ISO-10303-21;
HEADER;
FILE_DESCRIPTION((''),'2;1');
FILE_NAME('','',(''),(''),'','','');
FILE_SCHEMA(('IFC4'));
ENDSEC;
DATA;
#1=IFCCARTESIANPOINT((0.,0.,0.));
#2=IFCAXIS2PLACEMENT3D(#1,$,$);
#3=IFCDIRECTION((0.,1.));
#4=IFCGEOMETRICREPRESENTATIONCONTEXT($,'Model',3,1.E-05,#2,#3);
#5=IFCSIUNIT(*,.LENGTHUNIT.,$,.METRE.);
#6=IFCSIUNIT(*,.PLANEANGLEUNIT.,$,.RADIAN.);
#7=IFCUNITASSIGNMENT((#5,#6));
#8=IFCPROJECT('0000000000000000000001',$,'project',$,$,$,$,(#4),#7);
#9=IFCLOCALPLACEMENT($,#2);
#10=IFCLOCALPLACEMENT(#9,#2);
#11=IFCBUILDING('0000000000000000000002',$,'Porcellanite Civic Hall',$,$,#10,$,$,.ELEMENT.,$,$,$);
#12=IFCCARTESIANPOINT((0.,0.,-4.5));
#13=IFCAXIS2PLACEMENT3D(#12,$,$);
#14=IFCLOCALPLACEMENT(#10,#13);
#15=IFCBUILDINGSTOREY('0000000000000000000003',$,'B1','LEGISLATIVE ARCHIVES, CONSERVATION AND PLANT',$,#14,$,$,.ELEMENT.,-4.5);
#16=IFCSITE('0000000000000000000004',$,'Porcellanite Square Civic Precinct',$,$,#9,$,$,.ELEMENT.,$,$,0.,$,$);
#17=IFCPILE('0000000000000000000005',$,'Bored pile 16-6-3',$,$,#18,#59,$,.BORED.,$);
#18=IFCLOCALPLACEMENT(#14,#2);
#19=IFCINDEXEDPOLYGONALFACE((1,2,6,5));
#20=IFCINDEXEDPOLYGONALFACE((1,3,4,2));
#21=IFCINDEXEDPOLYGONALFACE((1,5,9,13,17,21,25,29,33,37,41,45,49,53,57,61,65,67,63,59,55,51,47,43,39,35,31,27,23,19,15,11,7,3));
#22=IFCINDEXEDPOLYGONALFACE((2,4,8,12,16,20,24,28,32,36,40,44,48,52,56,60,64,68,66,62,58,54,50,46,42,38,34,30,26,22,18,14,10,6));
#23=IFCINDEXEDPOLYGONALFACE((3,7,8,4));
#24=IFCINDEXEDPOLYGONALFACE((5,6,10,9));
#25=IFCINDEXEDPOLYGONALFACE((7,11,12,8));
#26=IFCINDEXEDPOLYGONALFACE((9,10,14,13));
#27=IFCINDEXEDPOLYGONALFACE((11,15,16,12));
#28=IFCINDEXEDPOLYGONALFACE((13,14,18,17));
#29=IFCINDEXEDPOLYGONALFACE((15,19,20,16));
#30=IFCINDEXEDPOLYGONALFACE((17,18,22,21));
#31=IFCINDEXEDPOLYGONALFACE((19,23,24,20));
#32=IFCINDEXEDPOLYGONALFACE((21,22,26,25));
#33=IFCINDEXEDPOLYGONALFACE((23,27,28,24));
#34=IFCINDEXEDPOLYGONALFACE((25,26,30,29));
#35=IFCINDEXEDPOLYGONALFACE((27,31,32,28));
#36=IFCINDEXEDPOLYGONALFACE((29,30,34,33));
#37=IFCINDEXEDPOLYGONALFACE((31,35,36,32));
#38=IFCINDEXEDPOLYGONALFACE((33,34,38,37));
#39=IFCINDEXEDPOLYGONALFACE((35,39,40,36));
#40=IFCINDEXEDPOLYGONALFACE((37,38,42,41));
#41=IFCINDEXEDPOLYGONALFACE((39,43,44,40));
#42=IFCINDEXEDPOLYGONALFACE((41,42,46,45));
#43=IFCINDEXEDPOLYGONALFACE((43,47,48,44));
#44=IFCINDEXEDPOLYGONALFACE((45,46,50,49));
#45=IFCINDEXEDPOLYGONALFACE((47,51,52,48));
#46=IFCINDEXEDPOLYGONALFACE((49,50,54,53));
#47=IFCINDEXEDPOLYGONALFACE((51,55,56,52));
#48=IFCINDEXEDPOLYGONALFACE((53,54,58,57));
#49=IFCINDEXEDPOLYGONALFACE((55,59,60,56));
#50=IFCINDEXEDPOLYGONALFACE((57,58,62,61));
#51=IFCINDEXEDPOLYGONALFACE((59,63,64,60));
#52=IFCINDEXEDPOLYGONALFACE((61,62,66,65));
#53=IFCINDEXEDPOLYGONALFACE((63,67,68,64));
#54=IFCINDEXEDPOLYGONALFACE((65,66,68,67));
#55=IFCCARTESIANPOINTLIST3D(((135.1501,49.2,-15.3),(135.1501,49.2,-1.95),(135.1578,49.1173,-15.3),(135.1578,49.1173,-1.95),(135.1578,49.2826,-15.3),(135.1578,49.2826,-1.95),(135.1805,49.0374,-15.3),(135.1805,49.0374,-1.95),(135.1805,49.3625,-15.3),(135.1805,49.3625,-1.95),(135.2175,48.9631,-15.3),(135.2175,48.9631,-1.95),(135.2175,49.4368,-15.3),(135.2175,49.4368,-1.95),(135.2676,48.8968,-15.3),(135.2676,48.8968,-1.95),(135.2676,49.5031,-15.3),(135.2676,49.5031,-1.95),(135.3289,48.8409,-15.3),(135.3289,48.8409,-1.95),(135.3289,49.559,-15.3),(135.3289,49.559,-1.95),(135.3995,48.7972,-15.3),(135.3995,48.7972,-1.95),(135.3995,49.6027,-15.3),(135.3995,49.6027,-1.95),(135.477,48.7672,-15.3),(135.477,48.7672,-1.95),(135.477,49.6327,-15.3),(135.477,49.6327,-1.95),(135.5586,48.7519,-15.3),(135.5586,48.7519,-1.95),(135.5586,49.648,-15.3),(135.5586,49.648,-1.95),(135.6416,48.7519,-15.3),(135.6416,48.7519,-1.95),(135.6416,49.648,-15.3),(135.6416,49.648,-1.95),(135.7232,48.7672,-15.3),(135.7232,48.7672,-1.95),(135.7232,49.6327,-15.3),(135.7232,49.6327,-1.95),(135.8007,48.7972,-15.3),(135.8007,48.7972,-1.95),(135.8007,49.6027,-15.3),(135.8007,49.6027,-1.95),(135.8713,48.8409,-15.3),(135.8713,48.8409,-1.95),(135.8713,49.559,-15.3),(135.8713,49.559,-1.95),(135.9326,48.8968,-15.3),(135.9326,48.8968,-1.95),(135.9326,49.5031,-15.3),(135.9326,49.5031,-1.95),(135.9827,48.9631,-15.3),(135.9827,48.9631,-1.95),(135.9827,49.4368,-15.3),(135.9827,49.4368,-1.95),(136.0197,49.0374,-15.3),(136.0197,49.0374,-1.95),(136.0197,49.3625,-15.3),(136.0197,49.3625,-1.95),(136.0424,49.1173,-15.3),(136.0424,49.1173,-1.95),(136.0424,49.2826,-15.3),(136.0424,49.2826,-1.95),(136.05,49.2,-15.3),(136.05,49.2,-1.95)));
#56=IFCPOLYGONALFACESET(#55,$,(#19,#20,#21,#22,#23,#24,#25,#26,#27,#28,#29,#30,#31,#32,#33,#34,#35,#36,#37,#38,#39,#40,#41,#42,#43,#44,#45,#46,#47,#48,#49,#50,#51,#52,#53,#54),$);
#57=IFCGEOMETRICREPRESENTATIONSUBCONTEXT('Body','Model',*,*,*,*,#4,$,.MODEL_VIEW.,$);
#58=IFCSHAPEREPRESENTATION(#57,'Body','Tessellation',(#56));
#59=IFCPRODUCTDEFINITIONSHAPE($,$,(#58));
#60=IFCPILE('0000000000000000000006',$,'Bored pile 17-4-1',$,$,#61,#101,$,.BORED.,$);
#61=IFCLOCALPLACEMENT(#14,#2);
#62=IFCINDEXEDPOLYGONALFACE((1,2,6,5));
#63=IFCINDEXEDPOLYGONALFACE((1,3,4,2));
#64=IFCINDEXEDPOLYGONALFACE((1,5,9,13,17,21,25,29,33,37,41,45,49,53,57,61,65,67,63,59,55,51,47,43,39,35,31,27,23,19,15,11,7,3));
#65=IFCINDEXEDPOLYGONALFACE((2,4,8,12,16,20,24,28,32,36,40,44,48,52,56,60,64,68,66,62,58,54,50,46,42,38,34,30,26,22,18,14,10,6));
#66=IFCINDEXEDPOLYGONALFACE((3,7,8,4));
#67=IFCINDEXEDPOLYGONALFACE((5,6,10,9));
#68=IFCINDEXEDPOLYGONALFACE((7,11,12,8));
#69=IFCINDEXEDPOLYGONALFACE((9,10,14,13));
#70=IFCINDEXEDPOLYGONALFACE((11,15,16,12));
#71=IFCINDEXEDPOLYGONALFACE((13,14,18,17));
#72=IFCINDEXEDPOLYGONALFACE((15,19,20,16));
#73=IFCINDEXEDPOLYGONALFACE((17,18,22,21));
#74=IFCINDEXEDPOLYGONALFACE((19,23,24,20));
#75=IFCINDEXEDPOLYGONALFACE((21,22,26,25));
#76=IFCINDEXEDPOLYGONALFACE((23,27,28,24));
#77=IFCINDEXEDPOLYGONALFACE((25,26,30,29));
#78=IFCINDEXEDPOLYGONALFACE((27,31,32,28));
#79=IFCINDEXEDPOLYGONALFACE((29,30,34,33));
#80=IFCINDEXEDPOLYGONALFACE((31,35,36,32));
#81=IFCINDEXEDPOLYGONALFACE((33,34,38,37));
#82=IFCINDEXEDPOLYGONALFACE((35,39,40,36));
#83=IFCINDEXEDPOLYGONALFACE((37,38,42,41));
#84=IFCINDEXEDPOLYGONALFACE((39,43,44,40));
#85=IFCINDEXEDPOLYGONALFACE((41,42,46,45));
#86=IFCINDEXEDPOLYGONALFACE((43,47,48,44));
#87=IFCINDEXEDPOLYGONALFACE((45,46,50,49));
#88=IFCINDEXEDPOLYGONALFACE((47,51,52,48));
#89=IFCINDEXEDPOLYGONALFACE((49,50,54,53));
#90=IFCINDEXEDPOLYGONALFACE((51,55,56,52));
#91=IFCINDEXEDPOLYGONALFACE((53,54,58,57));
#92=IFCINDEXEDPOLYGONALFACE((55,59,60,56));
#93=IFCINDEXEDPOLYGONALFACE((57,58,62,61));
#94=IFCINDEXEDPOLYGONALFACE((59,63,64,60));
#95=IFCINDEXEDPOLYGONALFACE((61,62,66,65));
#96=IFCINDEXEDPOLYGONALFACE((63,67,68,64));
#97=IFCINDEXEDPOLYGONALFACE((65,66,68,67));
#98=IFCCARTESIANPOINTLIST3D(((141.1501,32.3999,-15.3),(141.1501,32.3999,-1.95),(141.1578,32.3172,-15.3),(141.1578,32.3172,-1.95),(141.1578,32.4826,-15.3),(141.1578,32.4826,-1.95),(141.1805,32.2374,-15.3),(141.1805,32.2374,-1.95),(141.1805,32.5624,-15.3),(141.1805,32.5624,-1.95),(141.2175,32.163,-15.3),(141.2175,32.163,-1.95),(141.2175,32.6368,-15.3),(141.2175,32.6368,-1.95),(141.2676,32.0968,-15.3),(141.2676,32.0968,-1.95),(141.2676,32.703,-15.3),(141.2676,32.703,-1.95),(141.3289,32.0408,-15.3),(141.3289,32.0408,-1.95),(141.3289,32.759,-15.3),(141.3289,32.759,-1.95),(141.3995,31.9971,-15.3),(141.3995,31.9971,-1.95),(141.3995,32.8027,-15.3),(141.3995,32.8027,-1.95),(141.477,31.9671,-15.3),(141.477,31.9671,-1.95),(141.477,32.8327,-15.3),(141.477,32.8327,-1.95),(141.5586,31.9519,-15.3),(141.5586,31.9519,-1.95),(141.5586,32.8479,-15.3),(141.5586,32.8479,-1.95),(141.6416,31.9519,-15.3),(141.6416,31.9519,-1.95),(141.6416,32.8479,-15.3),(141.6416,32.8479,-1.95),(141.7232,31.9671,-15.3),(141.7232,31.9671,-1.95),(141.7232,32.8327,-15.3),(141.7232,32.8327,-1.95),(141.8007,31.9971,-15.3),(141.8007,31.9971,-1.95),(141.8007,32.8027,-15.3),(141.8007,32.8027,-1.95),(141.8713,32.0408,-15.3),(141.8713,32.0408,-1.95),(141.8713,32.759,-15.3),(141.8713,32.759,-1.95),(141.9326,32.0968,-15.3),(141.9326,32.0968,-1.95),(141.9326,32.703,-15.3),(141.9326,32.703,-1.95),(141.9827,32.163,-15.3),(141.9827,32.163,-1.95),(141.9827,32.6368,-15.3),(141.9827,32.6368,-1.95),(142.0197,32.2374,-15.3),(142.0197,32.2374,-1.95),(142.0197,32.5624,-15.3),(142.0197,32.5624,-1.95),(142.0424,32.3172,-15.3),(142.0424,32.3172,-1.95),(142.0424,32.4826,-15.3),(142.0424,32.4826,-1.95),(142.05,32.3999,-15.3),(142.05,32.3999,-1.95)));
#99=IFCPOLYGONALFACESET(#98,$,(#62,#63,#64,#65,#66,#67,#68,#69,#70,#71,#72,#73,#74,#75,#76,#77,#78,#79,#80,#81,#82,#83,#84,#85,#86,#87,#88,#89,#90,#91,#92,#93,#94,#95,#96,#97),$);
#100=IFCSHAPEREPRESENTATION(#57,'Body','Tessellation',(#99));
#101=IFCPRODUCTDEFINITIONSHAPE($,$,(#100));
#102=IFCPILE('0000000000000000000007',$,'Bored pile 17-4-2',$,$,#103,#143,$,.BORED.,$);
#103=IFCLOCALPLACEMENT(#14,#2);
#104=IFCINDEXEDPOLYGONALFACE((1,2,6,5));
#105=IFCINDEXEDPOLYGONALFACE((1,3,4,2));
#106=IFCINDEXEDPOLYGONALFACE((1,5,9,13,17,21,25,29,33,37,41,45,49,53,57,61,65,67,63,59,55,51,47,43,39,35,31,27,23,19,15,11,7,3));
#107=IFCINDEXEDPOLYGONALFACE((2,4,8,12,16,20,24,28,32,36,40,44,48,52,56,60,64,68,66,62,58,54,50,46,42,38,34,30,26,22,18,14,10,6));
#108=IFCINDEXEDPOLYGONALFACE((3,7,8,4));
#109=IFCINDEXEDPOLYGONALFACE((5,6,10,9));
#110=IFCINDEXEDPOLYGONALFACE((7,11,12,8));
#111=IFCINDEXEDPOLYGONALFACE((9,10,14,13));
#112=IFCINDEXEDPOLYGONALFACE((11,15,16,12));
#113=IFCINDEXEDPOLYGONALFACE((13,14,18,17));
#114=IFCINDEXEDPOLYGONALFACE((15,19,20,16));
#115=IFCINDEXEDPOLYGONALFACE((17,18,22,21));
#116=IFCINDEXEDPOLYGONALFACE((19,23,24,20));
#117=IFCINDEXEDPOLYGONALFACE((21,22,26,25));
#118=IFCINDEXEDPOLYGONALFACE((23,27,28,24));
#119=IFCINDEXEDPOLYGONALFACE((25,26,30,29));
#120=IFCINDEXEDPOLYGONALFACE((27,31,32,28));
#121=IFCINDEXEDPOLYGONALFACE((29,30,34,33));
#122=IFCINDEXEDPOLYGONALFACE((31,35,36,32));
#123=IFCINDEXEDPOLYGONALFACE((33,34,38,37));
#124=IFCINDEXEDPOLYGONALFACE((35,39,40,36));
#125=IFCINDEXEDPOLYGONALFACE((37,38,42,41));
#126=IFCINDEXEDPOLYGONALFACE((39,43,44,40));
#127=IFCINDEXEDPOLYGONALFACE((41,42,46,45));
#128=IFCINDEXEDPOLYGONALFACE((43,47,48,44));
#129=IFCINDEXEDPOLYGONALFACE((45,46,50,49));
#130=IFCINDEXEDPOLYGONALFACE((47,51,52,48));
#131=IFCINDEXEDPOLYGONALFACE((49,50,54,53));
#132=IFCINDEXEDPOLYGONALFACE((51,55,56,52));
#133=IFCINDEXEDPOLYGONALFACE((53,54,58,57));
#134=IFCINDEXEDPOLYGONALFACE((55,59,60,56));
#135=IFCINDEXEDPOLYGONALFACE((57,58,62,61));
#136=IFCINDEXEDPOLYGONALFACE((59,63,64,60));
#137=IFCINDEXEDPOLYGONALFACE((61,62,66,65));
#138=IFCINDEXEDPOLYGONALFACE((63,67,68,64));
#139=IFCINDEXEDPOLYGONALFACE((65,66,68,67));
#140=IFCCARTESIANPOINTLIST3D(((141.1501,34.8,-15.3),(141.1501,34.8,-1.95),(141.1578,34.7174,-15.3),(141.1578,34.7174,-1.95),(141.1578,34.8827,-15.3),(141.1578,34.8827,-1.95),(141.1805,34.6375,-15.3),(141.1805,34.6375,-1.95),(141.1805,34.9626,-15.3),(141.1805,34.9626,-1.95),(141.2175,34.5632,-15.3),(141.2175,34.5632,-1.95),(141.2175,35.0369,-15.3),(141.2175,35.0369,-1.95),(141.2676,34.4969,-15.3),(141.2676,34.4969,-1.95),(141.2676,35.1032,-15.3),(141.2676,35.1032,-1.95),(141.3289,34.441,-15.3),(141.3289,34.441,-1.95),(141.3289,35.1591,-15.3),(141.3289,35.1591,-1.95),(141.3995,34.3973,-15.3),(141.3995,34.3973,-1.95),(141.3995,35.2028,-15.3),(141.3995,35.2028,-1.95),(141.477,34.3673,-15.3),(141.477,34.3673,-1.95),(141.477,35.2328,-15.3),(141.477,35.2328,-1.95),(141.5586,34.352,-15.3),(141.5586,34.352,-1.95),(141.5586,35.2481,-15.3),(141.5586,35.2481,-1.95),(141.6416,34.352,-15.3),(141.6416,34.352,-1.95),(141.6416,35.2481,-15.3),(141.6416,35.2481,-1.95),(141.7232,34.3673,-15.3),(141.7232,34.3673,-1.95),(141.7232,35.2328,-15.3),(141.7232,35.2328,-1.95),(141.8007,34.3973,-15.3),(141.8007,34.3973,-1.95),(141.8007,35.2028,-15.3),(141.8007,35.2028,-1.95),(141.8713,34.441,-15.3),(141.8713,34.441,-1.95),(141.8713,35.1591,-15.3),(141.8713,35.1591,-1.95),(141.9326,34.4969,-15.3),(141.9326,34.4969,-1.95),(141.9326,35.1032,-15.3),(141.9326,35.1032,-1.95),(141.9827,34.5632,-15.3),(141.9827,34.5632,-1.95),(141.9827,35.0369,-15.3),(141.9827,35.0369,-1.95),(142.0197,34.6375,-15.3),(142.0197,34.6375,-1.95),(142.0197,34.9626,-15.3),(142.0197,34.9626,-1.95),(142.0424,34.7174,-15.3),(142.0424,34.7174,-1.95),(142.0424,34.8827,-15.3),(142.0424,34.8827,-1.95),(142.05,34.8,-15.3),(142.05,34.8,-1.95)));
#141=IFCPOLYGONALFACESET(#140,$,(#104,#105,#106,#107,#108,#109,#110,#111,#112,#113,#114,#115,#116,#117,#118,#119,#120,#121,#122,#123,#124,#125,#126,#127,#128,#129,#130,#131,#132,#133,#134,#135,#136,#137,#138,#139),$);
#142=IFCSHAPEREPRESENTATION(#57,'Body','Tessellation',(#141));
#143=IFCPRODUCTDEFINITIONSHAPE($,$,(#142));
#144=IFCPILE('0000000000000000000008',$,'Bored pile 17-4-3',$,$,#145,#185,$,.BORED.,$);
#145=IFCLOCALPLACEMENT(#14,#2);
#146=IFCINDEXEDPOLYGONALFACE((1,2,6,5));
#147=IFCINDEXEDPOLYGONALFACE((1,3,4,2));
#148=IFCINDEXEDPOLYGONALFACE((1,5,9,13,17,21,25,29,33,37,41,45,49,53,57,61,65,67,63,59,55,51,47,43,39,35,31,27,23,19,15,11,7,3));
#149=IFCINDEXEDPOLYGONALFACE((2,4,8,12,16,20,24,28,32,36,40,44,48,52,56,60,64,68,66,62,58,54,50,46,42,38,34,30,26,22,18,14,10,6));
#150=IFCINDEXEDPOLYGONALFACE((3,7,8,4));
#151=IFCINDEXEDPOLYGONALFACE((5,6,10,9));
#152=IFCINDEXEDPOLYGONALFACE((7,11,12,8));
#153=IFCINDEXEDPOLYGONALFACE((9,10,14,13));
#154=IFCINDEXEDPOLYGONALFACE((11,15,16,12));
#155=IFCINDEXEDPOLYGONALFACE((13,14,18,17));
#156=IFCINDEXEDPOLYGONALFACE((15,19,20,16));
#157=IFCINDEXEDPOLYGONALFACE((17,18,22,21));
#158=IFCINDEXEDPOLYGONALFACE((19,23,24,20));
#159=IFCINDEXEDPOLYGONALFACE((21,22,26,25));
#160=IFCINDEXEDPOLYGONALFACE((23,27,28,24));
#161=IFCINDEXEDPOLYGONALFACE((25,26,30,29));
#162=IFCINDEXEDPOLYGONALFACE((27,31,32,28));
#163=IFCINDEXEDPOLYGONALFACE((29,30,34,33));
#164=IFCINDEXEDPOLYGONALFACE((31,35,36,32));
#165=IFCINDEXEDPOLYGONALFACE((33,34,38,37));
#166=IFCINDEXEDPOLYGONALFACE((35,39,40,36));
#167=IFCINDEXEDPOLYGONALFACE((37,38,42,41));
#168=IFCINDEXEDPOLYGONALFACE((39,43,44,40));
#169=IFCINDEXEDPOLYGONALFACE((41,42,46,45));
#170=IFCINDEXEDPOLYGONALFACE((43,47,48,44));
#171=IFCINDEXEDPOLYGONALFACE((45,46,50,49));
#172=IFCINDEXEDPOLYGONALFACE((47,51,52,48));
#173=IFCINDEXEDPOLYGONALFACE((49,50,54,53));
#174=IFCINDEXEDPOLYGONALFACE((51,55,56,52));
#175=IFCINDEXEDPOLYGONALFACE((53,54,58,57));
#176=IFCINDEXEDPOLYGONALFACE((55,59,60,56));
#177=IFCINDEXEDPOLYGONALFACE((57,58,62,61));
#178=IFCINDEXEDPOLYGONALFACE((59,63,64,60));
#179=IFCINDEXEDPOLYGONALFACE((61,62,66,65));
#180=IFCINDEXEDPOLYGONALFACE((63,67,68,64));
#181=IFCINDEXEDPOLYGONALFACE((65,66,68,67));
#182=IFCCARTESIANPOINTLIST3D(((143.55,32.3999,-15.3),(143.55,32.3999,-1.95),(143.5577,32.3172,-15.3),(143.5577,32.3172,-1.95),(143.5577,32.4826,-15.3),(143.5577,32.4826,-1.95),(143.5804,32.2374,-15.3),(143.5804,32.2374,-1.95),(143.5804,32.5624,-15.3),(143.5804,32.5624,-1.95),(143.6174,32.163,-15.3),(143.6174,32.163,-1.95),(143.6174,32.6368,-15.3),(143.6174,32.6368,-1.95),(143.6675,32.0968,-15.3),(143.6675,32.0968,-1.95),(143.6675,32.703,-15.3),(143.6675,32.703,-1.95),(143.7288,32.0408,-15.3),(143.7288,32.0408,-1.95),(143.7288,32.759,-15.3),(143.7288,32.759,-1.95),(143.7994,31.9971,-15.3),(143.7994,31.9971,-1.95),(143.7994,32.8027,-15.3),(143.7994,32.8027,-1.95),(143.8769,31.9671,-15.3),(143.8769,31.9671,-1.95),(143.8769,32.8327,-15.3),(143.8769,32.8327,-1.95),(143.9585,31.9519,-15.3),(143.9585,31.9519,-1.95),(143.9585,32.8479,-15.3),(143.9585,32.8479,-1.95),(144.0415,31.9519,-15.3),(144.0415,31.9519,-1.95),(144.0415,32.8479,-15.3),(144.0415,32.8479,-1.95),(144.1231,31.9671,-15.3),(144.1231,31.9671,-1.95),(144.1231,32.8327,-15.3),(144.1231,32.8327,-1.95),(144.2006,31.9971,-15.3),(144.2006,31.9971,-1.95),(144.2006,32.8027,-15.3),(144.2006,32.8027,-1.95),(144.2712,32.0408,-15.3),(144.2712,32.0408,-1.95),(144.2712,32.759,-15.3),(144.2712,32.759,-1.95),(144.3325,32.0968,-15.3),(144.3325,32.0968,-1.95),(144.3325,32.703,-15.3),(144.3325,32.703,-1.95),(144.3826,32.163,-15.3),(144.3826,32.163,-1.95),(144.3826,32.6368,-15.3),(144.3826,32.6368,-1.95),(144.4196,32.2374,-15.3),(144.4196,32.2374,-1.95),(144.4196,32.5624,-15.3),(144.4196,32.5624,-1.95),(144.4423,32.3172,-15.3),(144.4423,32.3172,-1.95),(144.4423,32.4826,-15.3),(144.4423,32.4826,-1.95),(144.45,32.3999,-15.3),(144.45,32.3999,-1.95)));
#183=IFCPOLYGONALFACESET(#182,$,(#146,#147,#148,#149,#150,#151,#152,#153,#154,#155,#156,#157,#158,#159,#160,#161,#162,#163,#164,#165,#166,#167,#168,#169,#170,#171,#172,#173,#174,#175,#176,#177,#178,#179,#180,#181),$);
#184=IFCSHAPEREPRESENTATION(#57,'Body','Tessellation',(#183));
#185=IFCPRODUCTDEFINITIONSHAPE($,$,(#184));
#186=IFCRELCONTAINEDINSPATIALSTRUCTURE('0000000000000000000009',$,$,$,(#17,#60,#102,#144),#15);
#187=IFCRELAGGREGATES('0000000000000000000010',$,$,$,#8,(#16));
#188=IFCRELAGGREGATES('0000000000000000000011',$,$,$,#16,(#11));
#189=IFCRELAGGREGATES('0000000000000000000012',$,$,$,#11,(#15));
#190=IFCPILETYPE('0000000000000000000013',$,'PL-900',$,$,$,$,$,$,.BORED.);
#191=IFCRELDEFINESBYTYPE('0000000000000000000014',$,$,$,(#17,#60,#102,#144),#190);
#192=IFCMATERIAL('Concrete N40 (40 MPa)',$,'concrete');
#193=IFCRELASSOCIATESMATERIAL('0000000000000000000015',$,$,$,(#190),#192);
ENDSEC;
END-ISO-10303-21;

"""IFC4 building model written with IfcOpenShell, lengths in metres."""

from ifc_helpers import new_model, si_unit, direction, frame, origin, origin_2d, place, context, subcontext, project, spatial, circle, extrude, material, material_profile, profile_set, type_object, element, save


model = new_model("IFC4")

# Units and contexts
model_context = context("Model", 3, precision=1e-05, world=origin(), true_north=direction((0.0, 1.0)))
body_context = subcontext(model_context, "Body", "Model", "MODEL_VIEW")
ifc_project = project(units=[si_unit("LENGTHUNIT", "METRE"), si_unit("PLANEANGLEUNIT", "RADIAN")], contexts=[model_context])

# Site, building, storey
site_placement = place(None, origin())
site = spatial("IfcSite", under=ifc_project, at=site_placement, Name="Porcellanite Square Civic Precinct", CompositionType="ELEMENT", RefElevation=0.0)
building_placement = place(site_placement, origin())
building = spatial("IfcBuilding", under=site, at=building_placement, Name="Porcellanite Civic Hall", CompositionType="ELEMENT")
storey_placement = place(building_placement, frame((0.0, 0.0, -4.5)))
storey = spatial("IfcBuildingStorey", under=building, at=storey_placement, Name="B1", Description="LEGISLATIVE ARCHIVES, CONSERVATION AND PLANT", CompositionType="ELEMENT", Elevation=-4.5)

# Piles
ifc_material_1 = material(Name="Concrete N40 (40 MPa)", Category="concrete")
ifc_material_profile_1 = material_profile(ifc_material_1, circle(Radius=0.45, at=origin_2d()), Name="PILE-D900")
ifc_profile_set_1 = profile_set([ifc_material_profile_1], Name="Concrete N40 (40 MPa)")
pile_type_1 = type_object("IfcPileType", Name="PL-900", PredefinedType="BORED", material=ifc_profile_set_1)
for number, where, z_axis, x_axis, name in (
    (1, (135.6001, 49.2, -1.95), (0.0, 0.0, -1.0), (1.0, 0.0, 0.0), "Bored pile 16-6-3"),
    (2, (141.6001, 32.3999, -1.95), (0.0, 0.0, -1.0), (1.0, 0.0, 0.0), "Bored pile 17-4-1"),
    (3, (141.6001, 34.8, -1.95), (0.0, 0.0, -1.0), (1.0, 0.0, 0.0), "Bored pile 17-4-2"),
    (4, (144.0, 32.3999, -1.95), (0.0, 0.0, -1.0), (1.0, 0.0, 0.0), "Bored pile 17-4-3"),
):
    element("IfcPile", number, at=place(storey_placement, frame(where, z_axis=z_axis, x_axis=x_axis)), inside=storey, type_object=pile_type_1, Name=name, PredefinedType="BORED", context=body_context, shape_type="SweptSolid", body=[
        extrude(circle(Radius=0.45, at=origin_2d()), origin(), (0.0, 0.0, 1.0), 13.3501),
    ])

save(model, "model.ifc")
